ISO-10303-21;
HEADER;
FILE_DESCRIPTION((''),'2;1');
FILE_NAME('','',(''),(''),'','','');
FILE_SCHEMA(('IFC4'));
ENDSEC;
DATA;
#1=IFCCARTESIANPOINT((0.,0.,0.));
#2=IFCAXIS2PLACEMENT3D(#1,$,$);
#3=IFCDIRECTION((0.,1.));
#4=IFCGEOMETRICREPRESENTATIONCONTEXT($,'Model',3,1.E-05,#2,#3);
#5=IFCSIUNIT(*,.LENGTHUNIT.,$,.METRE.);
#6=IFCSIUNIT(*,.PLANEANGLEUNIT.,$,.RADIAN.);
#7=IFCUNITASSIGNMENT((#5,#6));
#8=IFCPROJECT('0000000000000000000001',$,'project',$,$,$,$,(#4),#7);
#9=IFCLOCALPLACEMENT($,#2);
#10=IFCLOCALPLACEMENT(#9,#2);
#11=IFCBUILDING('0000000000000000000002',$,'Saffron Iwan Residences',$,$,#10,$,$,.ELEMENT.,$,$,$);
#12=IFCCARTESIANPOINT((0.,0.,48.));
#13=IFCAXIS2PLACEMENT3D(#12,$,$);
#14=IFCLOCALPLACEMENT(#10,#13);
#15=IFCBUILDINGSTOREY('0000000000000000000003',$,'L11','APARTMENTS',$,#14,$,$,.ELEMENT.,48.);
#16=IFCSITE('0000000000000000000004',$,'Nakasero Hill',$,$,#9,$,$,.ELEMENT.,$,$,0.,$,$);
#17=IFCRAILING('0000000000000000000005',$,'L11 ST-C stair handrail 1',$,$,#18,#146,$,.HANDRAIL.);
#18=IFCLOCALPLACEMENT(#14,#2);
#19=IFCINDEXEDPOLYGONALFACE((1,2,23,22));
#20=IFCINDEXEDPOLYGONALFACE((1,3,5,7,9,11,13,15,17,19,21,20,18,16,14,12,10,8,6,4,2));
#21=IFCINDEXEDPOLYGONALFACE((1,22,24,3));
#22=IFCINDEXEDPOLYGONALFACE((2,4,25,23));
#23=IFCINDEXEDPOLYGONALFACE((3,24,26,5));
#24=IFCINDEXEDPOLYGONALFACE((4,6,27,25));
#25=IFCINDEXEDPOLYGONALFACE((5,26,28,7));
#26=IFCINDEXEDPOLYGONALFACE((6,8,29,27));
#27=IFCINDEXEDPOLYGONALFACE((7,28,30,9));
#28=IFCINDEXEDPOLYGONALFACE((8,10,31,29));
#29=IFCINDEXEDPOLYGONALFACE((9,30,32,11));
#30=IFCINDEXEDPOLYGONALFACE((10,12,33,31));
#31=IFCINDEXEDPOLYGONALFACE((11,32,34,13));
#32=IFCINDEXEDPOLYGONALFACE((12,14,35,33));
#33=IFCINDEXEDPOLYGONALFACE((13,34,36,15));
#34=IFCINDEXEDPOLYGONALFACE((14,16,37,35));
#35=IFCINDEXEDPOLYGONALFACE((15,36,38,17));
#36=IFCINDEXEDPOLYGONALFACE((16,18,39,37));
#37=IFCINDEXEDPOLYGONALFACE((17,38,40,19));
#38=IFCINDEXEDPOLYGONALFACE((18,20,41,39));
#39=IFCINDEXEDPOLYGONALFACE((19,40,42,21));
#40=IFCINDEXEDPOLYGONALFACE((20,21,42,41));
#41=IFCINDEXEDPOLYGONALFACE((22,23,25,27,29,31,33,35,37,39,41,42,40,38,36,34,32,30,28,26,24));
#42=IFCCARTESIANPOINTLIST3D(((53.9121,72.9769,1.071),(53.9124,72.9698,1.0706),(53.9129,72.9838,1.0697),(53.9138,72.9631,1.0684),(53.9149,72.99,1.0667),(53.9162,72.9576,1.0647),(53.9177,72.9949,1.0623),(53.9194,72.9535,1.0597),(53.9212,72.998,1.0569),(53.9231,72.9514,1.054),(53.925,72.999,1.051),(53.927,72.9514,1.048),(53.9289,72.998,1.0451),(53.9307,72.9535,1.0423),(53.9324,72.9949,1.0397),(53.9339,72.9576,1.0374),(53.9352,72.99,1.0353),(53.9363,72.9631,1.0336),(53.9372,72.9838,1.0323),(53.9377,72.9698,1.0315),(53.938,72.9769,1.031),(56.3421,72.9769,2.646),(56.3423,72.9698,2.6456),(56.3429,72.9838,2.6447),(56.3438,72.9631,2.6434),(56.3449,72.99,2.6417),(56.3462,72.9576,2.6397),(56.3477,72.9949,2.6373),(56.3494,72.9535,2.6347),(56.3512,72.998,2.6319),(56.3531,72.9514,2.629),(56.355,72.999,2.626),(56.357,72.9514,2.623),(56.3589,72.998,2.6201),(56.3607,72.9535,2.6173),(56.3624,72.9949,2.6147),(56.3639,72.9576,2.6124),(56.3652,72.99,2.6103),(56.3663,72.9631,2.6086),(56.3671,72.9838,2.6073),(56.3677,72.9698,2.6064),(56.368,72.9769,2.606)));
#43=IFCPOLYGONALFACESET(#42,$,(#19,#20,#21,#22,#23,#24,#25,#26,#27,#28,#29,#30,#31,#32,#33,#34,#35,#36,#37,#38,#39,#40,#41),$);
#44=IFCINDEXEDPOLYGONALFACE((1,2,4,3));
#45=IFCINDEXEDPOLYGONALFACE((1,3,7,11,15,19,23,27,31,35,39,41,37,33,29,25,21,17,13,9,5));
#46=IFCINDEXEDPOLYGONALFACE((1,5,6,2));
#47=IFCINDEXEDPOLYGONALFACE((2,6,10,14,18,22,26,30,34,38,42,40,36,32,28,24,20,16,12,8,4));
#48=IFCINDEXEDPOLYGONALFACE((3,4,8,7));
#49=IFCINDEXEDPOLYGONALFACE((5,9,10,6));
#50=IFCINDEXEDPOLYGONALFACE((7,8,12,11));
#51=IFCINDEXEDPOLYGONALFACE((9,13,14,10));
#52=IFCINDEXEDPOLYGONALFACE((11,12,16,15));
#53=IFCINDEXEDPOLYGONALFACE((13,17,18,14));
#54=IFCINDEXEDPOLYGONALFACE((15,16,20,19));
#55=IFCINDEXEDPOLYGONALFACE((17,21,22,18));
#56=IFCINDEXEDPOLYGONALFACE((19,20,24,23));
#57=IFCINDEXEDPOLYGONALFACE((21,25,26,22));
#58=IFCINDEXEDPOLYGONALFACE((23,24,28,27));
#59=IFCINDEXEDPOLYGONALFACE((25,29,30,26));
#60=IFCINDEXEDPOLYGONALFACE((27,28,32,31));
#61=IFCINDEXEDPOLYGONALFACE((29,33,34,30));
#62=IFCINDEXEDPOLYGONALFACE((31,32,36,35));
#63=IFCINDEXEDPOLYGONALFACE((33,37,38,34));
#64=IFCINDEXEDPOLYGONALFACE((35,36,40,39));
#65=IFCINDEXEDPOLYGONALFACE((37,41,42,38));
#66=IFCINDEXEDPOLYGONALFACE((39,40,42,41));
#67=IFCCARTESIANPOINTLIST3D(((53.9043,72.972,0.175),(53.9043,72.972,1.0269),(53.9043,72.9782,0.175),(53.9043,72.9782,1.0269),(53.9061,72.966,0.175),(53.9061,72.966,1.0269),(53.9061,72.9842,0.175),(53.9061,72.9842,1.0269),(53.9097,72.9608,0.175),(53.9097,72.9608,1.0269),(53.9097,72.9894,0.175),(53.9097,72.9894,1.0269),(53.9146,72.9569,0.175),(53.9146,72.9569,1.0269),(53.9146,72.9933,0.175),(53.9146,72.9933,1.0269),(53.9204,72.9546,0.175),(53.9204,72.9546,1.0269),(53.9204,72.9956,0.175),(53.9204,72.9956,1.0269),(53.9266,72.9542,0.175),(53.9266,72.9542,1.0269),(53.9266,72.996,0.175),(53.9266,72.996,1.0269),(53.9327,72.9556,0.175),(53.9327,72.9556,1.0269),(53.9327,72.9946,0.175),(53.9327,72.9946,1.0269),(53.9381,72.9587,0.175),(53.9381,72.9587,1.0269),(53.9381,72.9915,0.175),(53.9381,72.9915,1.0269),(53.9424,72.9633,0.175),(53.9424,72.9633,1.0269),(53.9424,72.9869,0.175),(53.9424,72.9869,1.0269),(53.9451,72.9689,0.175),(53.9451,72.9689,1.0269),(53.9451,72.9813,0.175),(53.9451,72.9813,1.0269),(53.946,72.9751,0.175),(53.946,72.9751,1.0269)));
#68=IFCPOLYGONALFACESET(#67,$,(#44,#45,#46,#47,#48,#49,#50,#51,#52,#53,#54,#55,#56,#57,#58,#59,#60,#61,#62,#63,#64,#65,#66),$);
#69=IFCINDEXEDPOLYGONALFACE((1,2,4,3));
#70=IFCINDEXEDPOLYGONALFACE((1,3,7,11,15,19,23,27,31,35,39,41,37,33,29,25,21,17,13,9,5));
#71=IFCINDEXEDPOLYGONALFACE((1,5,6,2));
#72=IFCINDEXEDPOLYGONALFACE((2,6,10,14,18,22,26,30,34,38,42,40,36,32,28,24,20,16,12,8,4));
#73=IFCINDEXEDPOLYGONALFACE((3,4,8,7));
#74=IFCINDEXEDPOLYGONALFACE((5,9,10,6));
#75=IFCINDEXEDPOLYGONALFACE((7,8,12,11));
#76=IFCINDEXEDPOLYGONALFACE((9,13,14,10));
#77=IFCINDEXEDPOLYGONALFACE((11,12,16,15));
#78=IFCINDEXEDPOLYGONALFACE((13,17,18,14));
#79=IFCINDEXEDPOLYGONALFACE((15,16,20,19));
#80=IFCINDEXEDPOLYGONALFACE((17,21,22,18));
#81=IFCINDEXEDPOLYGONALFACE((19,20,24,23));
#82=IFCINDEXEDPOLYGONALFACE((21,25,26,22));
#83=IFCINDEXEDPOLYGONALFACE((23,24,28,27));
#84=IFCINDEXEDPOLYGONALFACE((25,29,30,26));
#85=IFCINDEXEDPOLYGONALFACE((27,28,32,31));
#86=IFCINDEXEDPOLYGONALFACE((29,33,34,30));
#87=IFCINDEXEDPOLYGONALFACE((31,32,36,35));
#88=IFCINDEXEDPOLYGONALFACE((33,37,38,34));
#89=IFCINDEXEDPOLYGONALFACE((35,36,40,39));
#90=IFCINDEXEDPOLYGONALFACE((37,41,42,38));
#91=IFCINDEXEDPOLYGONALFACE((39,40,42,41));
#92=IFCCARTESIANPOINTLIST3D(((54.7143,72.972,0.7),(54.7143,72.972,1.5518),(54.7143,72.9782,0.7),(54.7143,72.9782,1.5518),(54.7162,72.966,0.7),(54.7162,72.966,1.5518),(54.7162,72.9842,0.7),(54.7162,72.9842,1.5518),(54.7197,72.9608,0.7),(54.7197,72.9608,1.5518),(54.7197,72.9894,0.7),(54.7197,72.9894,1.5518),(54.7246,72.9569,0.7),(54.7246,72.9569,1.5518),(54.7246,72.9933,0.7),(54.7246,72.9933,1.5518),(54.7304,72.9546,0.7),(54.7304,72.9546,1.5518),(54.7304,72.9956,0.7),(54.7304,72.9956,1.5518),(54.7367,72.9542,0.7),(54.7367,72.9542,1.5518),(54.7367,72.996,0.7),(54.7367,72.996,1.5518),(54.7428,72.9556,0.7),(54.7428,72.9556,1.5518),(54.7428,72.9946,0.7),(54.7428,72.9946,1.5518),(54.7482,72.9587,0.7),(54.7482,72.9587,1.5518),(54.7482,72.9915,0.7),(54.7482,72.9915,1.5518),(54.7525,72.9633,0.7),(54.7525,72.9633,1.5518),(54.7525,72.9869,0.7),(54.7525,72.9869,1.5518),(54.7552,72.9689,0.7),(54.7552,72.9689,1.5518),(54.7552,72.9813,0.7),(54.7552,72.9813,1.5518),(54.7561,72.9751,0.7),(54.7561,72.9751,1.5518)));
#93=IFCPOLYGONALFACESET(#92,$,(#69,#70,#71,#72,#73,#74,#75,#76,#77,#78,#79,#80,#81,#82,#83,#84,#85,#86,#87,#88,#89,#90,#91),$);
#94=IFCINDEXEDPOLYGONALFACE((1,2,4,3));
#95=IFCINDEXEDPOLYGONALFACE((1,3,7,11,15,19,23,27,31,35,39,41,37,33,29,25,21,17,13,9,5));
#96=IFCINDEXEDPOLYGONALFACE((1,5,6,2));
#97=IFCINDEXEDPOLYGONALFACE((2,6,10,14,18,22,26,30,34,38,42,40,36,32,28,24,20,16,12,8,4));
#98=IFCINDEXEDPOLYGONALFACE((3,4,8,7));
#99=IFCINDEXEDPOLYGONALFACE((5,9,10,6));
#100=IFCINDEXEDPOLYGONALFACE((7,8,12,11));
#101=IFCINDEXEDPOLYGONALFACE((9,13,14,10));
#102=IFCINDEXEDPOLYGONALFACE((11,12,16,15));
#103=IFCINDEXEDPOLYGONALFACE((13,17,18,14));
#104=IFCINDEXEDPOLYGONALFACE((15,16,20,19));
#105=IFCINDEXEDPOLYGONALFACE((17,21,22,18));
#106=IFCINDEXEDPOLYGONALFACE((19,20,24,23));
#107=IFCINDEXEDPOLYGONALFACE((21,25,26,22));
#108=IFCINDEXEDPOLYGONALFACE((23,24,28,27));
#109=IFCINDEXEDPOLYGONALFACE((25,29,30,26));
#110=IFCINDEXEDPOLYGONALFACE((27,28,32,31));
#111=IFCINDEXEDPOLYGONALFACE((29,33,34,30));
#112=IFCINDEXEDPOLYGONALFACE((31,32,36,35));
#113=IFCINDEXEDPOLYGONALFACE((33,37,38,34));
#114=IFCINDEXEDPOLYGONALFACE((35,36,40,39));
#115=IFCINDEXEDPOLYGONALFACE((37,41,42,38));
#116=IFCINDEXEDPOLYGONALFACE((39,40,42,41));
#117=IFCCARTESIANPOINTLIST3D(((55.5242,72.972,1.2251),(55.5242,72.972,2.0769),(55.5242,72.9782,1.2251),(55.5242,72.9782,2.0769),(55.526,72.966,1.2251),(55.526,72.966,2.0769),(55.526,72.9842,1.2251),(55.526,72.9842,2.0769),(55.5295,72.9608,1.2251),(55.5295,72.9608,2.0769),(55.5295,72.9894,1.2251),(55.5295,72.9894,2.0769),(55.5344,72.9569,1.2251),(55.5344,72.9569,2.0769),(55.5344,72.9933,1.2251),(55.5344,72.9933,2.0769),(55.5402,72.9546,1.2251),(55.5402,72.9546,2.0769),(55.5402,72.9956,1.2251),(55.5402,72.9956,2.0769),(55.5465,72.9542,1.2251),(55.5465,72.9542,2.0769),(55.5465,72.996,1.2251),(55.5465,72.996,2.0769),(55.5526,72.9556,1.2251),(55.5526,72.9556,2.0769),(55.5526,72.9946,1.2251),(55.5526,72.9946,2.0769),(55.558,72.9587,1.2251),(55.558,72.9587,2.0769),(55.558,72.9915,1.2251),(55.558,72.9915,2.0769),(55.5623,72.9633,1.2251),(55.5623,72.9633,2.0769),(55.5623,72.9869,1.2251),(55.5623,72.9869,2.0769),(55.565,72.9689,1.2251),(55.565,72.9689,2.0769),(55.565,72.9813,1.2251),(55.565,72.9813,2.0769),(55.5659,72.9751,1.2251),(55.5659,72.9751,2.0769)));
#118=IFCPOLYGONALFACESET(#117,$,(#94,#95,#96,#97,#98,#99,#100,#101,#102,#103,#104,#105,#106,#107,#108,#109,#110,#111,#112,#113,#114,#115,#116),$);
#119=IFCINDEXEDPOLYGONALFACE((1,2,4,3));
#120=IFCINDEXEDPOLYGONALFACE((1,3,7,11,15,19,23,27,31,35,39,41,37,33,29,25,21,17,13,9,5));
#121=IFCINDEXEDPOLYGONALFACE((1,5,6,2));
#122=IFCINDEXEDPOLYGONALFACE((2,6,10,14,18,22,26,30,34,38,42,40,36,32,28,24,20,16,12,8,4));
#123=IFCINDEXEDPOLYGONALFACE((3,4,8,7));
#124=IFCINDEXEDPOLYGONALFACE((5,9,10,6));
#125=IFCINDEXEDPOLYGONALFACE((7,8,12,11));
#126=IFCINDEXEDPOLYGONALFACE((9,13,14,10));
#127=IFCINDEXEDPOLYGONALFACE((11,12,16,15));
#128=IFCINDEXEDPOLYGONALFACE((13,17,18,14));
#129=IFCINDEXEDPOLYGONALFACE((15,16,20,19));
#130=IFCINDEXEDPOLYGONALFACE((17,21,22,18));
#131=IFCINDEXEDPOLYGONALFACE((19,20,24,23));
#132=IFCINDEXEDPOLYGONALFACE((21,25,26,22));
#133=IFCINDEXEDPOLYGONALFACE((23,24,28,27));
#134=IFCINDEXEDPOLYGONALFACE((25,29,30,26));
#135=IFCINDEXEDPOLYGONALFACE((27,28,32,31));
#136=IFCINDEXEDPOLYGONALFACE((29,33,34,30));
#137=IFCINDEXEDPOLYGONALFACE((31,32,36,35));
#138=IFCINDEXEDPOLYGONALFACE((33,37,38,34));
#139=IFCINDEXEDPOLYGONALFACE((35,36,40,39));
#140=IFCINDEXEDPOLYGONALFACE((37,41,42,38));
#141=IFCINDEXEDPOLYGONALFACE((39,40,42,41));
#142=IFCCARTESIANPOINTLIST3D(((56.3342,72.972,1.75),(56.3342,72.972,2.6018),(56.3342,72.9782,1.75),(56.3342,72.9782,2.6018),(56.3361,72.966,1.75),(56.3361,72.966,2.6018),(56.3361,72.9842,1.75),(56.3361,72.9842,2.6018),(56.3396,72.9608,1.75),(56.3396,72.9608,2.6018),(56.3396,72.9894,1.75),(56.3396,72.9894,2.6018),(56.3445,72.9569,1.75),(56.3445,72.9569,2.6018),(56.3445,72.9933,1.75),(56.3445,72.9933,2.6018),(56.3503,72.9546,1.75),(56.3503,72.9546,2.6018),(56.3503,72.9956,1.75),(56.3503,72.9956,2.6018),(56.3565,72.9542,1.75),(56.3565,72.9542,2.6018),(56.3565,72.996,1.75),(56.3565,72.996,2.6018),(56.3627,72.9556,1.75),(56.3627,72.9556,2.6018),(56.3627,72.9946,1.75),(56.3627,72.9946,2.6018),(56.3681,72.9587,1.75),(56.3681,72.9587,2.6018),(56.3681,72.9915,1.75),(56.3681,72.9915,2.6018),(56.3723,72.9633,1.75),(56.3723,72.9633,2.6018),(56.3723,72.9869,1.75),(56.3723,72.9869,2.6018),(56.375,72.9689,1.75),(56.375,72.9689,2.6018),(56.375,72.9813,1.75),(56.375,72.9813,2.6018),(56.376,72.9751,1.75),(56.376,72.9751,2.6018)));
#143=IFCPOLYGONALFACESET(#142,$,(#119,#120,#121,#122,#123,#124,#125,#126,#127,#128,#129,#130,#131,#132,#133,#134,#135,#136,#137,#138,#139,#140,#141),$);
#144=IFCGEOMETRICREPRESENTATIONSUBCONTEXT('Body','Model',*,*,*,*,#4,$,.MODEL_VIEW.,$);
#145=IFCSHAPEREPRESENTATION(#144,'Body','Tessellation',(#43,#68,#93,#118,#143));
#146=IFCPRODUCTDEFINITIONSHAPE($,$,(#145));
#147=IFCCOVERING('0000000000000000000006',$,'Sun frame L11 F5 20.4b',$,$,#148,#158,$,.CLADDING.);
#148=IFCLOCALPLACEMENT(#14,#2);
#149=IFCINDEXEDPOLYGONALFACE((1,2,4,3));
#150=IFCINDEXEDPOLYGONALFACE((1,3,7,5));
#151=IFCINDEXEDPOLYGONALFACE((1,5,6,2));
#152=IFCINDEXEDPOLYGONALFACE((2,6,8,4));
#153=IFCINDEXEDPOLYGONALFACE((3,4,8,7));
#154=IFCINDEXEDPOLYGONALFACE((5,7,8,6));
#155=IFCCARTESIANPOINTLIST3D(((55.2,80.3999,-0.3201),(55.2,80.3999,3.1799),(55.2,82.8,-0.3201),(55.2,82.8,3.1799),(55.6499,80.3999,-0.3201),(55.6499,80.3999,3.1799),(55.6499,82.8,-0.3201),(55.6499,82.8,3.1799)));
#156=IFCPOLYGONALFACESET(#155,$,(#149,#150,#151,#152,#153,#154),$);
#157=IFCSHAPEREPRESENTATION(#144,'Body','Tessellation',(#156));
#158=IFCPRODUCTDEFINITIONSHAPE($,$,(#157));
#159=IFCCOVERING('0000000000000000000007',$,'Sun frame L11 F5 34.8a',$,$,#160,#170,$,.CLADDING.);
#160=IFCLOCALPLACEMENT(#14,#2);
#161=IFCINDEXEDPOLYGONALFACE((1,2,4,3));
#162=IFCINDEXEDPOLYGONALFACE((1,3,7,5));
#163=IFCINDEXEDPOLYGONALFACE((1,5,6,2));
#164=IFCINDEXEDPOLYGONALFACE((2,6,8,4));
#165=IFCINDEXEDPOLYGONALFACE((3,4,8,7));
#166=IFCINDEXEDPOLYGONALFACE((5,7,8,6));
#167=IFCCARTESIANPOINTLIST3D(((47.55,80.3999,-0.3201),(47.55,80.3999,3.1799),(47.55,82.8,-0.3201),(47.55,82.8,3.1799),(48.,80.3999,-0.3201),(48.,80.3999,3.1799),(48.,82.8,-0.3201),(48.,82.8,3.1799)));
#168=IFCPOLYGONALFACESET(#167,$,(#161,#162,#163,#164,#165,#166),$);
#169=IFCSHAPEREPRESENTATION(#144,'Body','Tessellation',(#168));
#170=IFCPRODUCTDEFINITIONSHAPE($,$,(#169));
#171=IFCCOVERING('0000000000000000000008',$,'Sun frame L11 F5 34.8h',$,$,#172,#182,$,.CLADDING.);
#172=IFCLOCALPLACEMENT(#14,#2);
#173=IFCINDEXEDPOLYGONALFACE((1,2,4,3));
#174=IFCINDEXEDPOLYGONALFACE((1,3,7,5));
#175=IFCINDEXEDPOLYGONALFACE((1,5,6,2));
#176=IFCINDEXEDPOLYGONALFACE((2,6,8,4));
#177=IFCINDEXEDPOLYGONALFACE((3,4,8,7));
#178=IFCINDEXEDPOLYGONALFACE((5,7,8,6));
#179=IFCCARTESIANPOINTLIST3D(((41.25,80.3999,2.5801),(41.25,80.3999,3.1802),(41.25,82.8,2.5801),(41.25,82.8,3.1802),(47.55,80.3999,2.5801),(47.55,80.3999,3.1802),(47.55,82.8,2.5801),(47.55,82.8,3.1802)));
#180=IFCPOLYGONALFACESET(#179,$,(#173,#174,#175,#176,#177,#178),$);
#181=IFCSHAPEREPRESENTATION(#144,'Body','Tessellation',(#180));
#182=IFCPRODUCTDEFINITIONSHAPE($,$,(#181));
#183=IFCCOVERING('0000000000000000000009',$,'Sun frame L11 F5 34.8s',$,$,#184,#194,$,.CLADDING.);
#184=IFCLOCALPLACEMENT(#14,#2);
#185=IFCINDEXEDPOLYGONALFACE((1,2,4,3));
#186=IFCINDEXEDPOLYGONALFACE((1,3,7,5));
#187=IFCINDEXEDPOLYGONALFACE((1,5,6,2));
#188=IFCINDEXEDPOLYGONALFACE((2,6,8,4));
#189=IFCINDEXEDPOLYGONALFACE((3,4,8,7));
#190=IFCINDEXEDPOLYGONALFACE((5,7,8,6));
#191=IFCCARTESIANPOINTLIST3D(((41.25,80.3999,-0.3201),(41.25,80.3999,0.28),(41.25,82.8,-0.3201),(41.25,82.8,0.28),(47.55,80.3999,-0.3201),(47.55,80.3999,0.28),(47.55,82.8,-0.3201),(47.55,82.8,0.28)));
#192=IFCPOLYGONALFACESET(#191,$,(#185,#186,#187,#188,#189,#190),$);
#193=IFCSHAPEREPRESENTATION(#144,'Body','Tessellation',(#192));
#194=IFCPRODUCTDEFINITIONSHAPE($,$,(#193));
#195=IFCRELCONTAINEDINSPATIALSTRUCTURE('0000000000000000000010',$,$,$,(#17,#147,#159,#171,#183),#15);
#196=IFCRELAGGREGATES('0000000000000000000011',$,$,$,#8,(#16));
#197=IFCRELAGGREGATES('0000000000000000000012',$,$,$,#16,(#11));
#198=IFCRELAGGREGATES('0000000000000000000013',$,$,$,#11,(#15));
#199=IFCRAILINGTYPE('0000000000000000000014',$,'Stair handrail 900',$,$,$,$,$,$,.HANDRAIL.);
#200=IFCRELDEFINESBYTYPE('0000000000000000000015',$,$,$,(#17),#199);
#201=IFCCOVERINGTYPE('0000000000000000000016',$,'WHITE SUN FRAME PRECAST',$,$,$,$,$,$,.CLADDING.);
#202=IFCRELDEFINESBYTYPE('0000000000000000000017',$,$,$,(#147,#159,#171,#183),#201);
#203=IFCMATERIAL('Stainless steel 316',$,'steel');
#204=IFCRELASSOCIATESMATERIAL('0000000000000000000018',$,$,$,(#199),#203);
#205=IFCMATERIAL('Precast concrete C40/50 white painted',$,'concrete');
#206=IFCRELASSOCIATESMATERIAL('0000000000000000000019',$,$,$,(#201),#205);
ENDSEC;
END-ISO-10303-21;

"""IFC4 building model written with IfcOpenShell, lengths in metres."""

from ifc_helpers import new_model, si_unit, direction, frame, origin, origin_2d, place, context, subcontext, project, spatial, polyline, circle, outline, extrude, material, type_object, element, save


model = new_model("IFC4")

# Units and contexts
model_context = context("Model", 3, precision=1e-05, world=origin(), true_north=direction((0.0, 1.0)))
body_context = subcontext(model_context, "Body", "Model", "MODEL_VIEW")
ifc_project = project(units=[si_unit("LENGTHUNIT", "METRE"), si_unit("PLANEANGLEUNIT", "RADIAN")], contexts=[model_context])

# Site, building, storey
site_placement = place(None, origin())
site = spatial("IfcSite", under=ifc_project, at=site_placement, Name="Nakasero Hill", CompositionType="ELEMENT", RefElevation=0.0)
building_placement = place(site_placement, origin())
building = spatial("IfcBuilding", under=site, at=building_placement, Name="Saffron Iwan Residences", CompositionType="ELEMENT")
storey_placement = place(building_placement, frame((0.0, 0.0, 48.0)))
storey = spatial("IfcBuildingStorey", under=building, at=storey_placement, Name="L11", Description="APARTMENTS", CompositionType="ELEMENT", Elevation=48.0)

# Railing
ifc_material_1 = material(Name="Stainless steel 316", Category="steel")
railing_type_1 = type_object("IfcRailingType", Name="Stair handrail 900", PredefinedType="HANDRAIL", material=ifc_material_1)
railing_1_placement = place(storey_placement, frame((53.925, 72.9751, 0.175)))
element("IfcRailing", 1, at=railing_1_placement, inside=storey, type_object=railing_type_1, Name="L11 ST-C stair handrail 1", PredefinedType="HANDRAIL", context=body_context, shape_type="SweptSolid", body=[
    extrude(circle(Radius=0.0239, at=origin_2d()), frame((0.0, 0.0, 0.876), z_axis=(0.839154, 0.0, 0.543894), x_axis=(0.0, 1.0, 0.0)), (0.0, 0.0, 1.0), 2.8958),
    extrude(circle(Radius=0.021, at=origin_2d()), origin(), (0.0, 0.0, 1.0), 0.8518),
    extrude(circle(Radius=0.021, at=origin_2d()), frame((0.8101, 0.0, 0.5249)), (0.0, 0.0, 1.0), 0.8518),
    extrude(circle(Radius=0.021, at=origin_2d()), frame((1.6199, 0.0, 1.05)), (0.0, 0.0, 1.0), 0.8518),
    extrude(circle(Radius=0.021, at=origin_2d()), frame((2.4299, 0.0, 1.575)), (0.0, 0.0, 1.0), 0.8518),
])

# Coverings
ifc_material_2 = material(Name="Precast concrete C40/50 white painted", Category="concrete")
covering_type_1 = type_object("IfcCoveringType", Name="WHITE SUN FRAME PRECAST", PredefinedType="CLADDING", material=ifc_material_2)
for number, where, z_axis, x_axis, name in (
    (2, (55.6499, 80.3999, -0.3201), (0.0, 1.0, 0.0), (-1.0, 0.0, 0.0), "Sun frame L11 F5 20.4b"),
    (3, (48.0, 80.3999, -0.3201), (0.0, 1.0, 0.0), (-1.0, 0.0, 0.0), "Sun frame L11 F5 34.8a"),
):
    element("IfcCovering", number, at=place(storey_placement, frame(where, z_axis=z_axis, x_axis=x_axis)), inside=storey, type_object=covering_type_1, Name=name, PredefinedType="CLADDING", context=body_context, shape_type="SweptSolid", body=[
        extrude(outline(polyline([(0.0, 0.0), (0.45, 0.0), (0.45, 3.5), (0.0, 3.5), (0.0, 0.0)])), origin(), (0.0, 0.0, 1.0), 2.4001),
    ])
for number, where, z_axis, x_axis, name in (
    (4, (47.55, 80.3999, 2.5801), (0.0, 1.0, 0.0), (-1.0, 0.0, 0.0), "Sun frame L11 F5 34.8h"),
    (5, (47.55, 80.3999, -0.3201), (0.0, 1.0, 0.0), (-1.0, 0.0, 0.0), "Sun frame L11 F5 34.8s"),
):
    element("IfcCovering", number, at=place(storey_placement, frame(where, z_axis=z_axis, x_axis=x_axis)), inside=storey, type_object=covering_type_1, Name=name, PredefinedType="CLADDING", context=body_context, shape_type="SweptSolid", body=[
        extrude(outline(polyline([(0.0, 0.0), (6.3, 0.0), (6.3, 0.6001), (0.0, 0.6001), (0.0, 0.0)])), origin(), (0.0, 0.0, 1.0), 2.4001),
    ])

save(model, "model.ifc")
